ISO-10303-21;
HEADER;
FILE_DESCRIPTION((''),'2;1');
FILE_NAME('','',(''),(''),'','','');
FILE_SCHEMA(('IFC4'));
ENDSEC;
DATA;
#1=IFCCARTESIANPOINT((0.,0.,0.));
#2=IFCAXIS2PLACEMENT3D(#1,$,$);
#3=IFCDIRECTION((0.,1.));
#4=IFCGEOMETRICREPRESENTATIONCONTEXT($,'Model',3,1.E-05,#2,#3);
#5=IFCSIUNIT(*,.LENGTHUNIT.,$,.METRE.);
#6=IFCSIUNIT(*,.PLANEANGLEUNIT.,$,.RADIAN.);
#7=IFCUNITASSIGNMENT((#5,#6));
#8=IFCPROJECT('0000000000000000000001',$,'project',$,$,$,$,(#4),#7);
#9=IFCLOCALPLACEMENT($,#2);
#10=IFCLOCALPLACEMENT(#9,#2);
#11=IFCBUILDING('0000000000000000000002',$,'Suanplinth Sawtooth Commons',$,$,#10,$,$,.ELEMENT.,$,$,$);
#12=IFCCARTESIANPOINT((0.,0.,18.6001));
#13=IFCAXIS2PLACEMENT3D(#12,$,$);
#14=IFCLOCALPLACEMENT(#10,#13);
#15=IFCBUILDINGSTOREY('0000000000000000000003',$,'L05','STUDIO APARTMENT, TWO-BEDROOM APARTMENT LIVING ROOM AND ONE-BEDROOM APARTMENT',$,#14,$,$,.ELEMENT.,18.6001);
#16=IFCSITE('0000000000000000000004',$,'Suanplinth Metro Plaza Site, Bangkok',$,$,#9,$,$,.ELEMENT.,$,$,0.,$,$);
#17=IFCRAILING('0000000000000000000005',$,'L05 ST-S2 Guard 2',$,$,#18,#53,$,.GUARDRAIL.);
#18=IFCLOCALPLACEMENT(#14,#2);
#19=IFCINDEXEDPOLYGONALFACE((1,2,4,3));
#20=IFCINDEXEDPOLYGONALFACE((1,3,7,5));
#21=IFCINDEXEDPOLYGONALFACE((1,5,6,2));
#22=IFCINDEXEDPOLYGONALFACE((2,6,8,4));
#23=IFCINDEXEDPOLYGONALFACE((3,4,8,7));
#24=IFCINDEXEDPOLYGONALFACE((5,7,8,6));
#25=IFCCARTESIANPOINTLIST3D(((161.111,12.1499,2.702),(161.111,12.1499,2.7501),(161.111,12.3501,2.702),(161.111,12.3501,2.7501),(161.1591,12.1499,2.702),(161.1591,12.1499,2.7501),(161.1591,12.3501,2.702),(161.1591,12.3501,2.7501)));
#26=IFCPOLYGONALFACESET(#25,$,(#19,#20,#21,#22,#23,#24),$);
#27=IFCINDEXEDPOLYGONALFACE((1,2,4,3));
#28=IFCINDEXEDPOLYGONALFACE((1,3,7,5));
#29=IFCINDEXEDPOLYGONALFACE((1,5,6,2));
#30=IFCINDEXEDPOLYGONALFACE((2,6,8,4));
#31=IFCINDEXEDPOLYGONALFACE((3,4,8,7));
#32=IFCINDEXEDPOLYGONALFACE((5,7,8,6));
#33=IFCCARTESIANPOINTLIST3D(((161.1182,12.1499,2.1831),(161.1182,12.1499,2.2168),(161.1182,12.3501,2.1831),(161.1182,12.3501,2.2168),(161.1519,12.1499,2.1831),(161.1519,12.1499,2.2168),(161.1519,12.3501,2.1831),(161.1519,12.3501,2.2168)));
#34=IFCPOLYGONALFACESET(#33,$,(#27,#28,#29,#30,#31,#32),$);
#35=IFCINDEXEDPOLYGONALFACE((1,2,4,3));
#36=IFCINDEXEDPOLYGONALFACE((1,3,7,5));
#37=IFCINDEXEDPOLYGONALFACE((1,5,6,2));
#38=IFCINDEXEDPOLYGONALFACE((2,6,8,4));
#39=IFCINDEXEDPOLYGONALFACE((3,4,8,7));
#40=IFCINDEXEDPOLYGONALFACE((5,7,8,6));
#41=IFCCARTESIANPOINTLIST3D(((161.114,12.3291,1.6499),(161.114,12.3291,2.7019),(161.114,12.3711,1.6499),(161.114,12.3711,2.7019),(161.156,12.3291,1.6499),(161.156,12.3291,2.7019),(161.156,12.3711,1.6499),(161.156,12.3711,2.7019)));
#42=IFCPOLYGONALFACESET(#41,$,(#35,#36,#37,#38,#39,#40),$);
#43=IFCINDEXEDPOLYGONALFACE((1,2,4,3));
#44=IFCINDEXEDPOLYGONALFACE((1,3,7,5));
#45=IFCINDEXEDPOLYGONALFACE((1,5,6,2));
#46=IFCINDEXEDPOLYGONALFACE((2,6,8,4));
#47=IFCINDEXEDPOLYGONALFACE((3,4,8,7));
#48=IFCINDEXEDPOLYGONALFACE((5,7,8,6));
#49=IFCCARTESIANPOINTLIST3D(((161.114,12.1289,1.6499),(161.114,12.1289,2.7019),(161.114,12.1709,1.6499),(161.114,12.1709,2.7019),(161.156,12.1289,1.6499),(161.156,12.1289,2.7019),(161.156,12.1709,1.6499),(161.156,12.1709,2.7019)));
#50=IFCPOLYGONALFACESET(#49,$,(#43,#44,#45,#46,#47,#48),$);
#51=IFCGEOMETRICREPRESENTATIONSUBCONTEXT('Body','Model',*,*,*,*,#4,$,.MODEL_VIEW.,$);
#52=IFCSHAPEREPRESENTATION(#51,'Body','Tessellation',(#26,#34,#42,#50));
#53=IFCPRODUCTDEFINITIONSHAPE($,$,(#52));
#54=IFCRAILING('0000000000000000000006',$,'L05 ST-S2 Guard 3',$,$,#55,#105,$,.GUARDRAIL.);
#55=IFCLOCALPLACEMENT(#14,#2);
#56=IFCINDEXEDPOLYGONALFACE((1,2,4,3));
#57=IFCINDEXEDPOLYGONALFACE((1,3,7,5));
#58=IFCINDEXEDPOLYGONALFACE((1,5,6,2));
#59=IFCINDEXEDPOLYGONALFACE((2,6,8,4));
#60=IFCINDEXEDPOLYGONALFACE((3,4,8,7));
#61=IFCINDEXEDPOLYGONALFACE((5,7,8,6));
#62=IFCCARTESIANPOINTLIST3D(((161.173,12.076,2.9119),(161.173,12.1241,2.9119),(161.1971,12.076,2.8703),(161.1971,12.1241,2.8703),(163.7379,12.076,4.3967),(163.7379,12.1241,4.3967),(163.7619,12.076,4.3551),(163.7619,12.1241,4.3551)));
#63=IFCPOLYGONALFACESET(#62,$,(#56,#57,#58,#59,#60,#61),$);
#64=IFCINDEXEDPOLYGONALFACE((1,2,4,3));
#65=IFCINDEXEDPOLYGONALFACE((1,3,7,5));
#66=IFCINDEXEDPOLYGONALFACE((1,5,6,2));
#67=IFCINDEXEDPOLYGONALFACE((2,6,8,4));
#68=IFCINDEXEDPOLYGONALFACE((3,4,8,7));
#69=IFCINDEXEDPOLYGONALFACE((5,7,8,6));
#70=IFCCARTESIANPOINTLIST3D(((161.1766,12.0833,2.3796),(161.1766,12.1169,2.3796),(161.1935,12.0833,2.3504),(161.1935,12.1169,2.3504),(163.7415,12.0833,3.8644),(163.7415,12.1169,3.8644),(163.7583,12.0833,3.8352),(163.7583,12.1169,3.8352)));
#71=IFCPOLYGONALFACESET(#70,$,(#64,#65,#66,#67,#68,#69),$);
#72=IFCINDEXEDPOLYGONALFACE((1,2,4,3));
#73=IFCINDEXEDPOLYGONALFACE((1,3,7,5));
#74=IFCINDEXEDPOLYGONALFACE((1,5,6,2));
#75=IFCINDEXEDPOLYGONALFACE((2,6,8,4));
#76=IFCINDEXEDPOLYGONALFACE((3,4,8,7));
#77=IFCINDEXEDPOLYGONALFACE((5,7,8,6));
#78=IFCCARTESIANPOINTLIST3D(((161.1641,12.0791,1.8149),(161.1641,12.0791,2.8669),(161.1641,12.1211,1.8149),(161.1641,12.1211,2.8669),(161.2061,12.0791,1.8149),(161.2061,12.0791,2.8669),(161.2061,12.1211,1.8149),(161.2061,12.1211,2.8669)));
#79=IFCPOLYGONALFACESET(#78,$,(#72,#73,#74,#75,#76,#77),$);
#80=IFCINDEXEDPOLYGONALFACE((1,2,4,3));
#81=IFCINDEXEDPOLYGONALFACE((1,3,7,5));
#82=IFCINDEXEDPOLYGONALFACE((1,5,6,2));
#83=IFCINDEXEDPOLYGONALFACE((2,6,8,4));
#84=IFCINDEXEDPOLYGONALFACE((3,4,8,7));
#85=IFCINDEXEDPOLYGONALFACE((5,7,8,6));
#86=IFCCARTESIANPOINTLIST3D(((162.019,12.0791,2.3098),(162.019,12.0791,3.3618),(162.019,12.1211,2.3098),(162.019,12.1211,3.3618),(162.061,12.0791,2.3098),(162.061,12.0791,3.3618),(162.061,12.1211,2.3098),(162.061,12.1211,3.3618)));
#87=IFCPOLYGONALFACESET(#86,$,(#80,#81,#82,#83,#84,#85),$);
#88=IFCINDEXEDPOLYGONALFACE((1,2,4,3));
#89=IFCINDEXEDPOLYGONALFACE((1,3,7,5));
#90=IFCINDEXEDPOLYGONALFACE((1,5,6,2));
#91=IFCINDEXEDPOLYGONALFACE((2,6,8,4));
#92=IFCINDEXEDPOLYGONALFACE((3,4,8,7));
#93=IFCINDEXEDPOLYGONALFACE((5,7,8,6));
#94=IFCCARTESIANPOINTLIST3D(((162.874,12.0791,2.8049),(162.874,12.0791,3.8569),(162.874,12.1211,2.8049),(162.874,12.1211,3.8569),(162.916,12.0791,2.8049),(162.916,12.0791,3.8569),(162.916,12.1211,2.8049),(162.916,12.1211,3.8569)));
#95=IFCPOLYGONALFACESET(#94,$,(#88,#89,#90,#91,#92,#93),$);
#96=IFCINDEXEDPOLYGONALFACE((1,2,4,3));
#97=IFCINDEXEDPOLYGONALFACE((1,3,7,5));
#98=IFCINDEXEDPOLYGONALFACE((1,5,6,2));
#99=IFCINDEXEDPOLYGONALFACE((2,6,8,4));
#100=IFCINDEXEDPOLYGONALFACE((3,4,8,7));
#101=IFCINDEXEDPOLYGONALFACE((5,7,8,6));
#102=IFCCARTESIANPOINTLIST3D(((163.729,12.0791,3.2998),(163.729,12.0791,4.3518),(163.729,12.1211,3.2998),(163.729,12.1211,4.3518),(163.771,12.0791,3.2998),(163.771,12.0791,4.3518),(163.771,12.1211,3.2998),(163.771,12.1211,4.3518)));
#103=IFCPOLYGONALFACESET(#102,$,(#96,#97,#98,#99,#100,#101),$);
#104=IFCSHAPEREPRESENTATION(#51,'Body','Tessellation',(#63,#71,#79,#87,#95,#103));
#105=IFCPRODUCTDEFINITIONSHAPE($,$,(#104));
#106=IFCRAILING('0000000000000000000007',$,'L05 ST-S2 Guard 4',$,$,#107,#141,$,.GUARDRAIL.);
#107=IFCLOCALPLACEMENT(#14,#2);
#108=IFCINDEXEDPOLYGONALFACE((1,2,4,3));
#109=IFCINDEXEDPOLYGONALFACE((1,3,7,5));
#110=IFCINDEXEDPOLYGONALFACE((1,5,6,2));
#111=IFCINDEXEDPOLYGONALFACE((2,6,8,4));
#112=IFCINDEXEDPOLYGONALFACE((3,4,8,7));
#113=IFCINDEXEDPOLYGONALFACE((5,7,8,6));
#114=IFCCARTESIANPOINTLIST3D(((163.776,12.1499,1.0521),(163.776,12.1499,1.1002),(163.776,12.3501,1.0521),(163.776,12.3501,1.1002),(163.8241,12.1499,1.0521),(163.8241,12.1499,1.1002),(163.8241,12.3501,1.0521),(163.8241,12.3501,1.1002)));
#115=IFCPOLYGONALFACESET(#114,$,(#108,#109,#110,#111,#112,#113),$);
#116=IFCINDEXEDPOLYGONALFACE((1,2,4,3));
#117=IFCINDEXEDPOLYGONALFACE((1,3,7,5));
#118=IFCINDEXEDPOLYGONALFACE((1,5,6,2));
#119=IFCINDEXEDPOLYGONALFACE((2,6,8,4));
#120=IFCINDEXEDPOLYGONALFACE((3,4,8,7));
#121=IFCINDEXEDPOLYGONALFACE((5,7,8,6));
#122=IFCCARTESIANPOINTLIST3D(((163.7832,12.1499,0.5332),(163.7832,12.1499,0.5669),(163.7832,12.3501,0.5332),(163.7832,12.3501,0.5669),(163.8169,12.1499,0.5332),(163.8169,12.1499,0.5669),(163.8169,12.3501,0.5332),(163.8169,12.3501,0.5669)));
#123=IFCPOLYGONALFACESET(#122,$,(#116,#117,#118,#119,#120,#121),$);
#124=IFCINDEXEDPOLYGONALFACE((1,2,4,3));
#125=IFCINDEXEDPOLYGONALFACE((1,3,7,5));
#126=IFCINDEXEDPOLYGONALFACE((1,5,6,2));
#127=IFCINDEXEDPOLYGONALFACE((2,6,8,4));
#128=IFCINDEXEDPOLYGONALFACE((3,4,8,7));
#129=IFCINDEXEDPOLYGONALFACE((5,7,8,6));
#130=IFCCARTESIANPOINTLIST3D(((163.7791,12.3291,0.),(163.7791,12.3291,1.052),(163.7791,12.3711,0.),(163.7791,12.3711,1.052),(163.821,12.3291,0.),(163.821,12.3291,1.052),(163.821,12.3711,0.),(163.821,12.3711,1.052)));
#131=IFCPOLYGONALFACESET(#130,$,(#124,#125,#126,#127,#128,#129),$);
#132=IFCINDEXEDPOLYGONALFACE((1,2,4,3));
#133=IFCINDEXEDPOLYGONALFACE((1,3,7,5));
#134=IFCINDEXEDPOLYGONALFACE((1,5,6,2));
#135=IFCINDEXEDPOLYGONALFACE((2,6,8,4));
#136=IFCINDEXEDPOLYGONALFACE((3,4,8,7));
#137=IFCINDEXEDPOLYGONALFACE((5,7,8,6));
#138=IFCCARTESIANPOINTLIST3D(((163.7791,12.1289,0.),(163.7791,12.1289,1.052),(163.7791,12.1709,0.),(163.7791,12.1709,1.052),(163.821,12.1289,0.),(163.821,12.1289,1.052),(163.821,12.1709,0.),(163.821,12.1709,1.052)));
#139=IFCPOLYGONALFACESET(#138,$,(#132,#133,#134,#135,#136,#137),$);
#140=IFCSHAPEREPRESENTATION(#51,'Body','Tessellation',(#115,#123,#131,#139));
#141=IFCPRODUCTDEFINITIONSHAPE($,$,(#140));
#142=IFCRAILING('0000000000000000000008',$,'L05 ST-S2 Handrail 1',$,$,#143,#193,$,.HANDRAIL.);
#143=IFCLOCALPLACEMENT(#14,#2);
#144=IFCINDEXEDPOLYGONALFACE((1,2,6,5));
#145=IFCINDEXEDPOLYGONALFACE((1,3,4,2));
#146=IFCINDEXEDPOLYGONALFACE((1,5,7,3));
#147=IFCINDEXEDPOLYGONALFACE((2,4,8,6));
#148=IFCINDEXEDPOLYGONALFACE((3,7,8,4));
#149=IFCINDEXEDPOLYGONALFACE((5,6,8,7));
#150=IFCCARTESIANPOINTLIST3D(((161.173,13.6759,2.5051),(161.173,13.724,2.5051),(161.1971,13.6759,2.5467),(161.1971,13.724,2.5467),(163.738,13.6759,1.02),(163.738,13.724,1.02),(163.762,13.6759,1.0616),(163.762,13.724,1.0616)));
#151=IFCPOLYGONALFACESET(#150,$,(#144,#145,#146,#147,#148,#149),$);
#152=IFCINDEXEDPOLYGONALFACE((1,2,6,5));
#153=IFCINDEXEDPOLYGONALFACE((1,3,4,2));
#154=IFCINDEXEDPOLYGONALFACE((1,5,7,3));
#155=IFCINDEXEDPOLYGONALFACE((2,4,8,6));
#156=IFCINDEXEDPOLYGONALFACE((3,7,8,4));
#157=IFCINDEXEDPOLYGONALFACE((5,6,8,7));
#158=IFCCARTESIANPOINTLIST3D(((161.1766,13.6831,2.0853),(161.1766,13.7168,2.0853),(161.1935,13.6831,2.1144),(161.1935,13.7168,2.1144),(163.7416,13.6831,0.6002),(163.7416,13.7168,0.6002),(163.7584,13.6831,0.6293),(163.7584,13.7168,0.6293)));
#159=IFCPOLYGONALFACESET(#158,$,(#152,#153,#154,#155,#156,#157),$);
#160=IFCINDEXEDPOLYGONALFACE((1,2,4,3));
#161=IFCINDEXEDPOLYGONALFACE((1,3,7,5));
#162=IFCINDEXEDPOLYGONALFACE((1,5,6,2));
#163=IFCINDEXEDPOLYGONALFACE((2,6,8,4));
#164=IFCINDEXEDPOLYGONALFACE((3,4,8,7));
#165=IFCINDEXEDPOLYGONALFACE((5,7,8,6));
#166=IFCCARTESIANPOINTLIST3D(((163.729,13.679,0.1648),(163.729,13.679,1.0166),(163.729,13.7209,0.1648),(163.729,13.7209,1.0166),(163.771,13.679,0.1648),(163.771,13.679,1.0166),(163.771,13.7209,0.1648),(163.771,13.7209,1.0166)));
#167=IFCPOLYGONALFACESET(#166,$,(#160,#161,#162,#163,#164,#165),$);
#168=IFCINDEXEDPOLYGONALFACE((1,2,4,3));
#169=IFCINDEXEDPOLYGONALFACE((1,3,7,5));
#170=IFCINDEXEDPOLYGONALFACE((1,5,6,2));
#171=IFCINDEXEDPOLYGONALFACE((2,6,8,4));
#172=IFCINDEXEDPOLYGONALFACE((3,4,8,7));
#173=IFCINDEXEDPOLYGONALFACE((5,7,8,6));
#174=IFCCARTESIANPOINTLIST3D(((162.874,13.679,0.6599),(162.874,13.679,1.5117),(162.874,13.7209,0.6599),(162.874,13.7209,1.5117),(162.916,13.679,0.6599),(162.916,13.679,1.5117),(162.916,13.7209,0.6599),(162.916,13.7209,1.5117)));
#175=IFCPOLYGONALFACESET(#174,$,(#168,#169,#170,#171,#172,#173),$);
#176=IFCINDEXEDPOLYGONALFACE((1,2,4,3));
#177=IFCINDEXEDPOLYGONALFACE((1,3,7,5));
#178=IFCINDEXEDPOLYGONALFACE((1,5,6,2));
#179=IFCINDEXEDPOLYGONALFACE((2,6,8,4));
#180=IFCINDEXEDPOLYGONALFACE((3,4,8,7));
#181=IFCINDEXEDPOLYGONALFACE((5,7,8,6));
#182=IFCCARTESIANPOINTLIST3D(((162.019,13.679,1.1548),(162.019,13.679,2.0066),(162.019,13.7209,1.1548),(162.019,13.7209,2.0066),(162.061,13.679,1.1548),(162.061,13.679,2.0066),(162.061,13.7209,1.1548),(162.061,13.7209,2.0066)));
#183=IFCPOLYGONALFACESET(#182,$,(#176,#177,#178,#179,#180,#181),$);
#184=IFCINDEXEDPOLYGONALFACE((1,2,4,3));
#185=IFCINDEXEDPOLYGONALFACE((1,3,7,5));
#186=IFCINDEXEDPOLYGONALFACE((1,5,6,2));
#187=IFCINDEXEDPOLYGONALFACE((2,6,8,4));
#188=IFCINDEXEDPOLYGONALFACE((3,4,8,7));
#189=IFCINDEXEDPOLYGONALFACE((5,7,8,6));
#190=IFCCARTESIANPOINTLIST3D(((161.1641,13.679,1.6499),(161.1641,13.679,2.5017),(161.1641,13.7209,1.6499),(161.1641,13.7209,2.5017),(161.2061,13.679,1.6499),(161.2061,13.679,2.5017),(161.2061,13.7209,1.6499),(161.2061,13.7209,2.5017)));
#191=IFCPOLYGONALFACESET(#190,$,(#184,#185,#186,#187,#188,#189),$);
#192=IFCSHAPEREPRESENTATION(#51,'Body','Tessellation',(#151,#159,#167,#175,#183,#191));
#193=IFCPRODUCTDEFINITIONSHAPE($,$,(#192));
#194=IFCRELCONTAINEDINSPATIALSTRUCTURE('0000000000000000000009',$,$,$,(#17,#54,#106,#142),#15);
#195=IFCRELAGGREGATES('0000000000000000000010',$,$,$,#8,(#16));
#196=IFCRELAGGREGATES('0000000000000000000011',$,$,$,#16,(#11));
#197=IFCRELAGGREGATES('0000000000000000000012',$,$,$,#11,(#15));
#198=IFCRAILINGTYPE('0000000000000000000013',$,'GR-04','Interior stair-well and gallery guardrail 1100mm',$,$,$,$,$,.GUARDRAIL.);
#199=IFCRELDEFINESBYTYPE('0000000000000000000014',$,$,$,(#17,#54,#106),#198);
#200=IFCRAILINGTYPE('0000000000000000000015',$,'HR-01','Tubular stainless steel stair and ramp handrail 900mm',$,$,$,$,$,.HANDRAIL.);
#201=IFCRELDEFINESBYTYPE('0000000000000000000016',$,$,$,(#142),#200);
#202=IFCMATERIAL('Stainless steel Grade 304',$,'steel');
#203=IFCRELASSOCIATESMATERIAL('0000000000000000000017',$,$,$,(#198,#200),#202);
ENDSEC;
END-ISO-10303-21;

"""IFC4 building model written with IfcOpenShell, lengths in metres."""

from ifc_helpers import new_model, si_unit, direction, frame, origin, origin_2d, place, context, subcontext, project, spatial, rectangle, extrude, material, type_object, element, save


model = new_model("IFC4")

# Units and contexts
model_context = context("Model", 3, precision=1e-05, world=origin(), true_north=direction((0.0, 1.0)))
body_context = subcontext(model_context, "Body", "Model", "MODEL_VIEW")
ifc_project = project(units=[si_unit("LENGTHUNIT", "METRE"), si_unit("PLANEANGLEUNIT", "RADIAN")], contexts=[model_context])

# Site, building, storey
site_placement = place(None, origin())
site = spatial("IfcSite", under=ifc_project, at=site_placement, Name="Suanplinth Metro Plaza Site, Bangkok", CompositionType="ELEMENT", RefElevation=0.0)
building_placement = place(site_placement, origin())
building = spatial("IfcBuilding", under=site, at=building_placement, Name="Suanplinth Sawtooth Commons", CompositionType="ELEMENT")
storey_placement = place(building_placement, frame((0.0, 0.0, 18.6001)))
storey = spatial("IfcBuildingStorey", under=building, at=storey_placement, Name="L05", Description="STUDIO APARTMENT, TWO-BEDROOM APARTMENT LIVING ROOM AND ONE-BEDROOM APARTMENT", CompositionType="ELEMENT", Elevation=18.6001)

# Railings
ifc_material_1 = material(Name="Stainless steel Grade 304", Category="steel")
railing_type_1 = type_object("IfcRailingType", Name="GR-04", Description="Interior stair-well and gallery guardrail 1100mm", PredefinedType="GUARDRAIL", material=ifc_material_1)
railing_1_placement = place(storey_placement, frame((161.135, 12.3501, 1.6499)))
element("IfcRailing", 1, at=railing_1_placement, inside=storey, type_object=railing_type_1, Name="L05 ST-S2 Guard 2", PredefinedType="GUARDRAIL", context=body_context, shape_type="SweptSolid", body=[
    extrude(rectangle(XDim=0.0481, YDim=0.0481, at=origin_2d()), frame((0.0, 0.0, 1.0762), z_axis=(0.0, -1.0, 0.0), x_axis=(1.0, 0.0, 0.0)), (0.0, 0.0, 1.0), 0.2002),
    extrude(rectangle(XDim=0.0337, YDim=0.0337, at=origin_2d()), frame((0.0, 0.0, 0.55), z_axis=(0.0, -1.0, 0.0), x_axis=(1.0, 0.0, 0.0)), (0.0, 0.0, 1.0), 0.2002),
    extrude(rectangle(XDim=0.042, YDim=0.042, at=origin_2d()), origin(), (0.0, 0.0, 1.0), 1.052),
    extrude(rectangle(XDim=0.042, YDim=0.042, at=origin_2d()), frame((0.0, -0.2002, 0.0)), (0.0, 0.0, 1.0), 1.052),
])
railing_2_placement = place(storey_placement, frame((161.1851, 12.1001, 1.8149)))
element("IfcRailing", 2, at=railing_2_placement, inside=storey, type_object=railing_type_1, Name="L05 ST-S2 Guard 3", PredefinedType="GUARDRAIL", context=body_context, shape_type="SweptSolid", body=[
    extrude(rectangle(XDim=0.0481, YDim=0.0481, at=origin_2d()), frame((0.0, 0.0, 1.0762), z_axis=(0.865441, 0.0, 0.50101), x_axis=(0.0, 1.0, 0.0)), (0.0, 0.0, 1.0), 2.9636),
    extrude(rectangle(XDim=0.0337, YDim=0.0337, at=origin_2d()), frame((0.0, 0.0, 0.55), z_axis=(0.865441, 0.0, 0.50101), x_axis=(0.0, 1.0, 0.0)), (0.0, 0.0, 1.0), 2.9636),
    extrude(rectangle(XDim=0.042, YDim=0.042, at=origin_2d()), origin(), (0.0, 0.0, 1.0), 1.052),
    extrude(rectangle(XDim=0.042, YDim=0.042, at=origin_2d()), frame((0.855, 0.0, 0.4949)), (0.0, 0.0, 1.0), 1.052),
    extrude(rectangle(XDim=0.042, YDim=0.042, at=origin_2d()), frame((1.71, 0.0, 0.99)), (0.0, 0.0, 1.0), 1.052),
    extrude(rectangle(XDim=0.042, YDim=0.042, at=origin_2d()), frame((2.5649, 0.0, 1.4849)), (0.0, 0.0, 1.0), 1.052),
])
railing_3_placement = place(storey_placement, frame((163.8, 12.3501, 0.0)))
element("IfcRailing", 3, at=railing_3_placement, inside=storey, type_object=railing_type_1, Name="L05 ST-S2 Guard 4", PredefinedType="GUARDRAIL", context=body_context, shape_type="SweptSolid", body=[
    extrude(rectangle(XDim=0.0481, YDim=0.0481, at=origin_2d()), frame((0.0, 0.0, 1.0762), z_axis=(0.0, -1.0, 0.0), x_axis=(1.0, 0.0, 0.0)), (0.0, 0.0, 1.0), 0.2002),
    extrude(rectangle(XDim=0.0337, YDim=0.0337, at=origin_2d()), frame((0.0, 0.0, 0.55), z_axis=(0.0, -1.0, 0.0), x_axis=(1.0, 0.0, 0.0)), (0.0, 0.0, 1.0), 0.2002),
    extrude(rectangle(XDim=0.042, YDim=0.042, at=origin_2d()), origin(), (0.0, 0.0, 1.0), 1.052),
    extrude(rectangle(XDim=0.042, YDim=0.042, at=origin_2d()), frame((0.0, -0.2002, 0.0)), (0.0, 0.0, 1.0), 1.052),
])
railing_type_2 = type_object("IfcRailingType", Name="HR-01", Description="Tubular stainless steel stair and ramp handrail 900mm", PredefinedType="HANDRAIL", material=ifc_material_1)
railing_4_placement = place(storey_placement, frame((163.75, 13.7, 0.1648)))
element("IfcRailing", 4, at=railing_4_placement, inside=storey, type_object=railing_type_2, Name="L05 ST-S2 Handrail 1", PredefinedType="HANDRAIL", context=body_context, shape_type="SweptSolid", body=[
    extrude(rectangle(XDim=0.0481, YDim=0.0481, at=origin_2d()), frame((0.0, 0.0, 0.876), z_axis=(-0.865406, 0.0, 0.501072), x_axis=(0.0, -1.0, 0.0)), (0.0, 0.0, 1.0), 2.9639),
    extrude(rectangle(XDim=0.0337, YDim=0.0337, at=origin_2d()), frame((0.0, 0.0, 0.45), z_axis=(-0.865406, 0.0, 0.501072), x_axis=(0.0, -1.0, 0.0)), (0.0, 0.0, 1.0), 2.9639),
    extrude(rectangle(XDim=0.042, YDim=0.042, at=origin_2d()), origin(), (0.0, 0.0, 1.0), 0.8518),
    extrude(rectangle(XDim=0.042, YDim=0.042, at=origin_2d()), frame((-0.855, 0.0, 0.4951)), (0.0, 0.0, 1.0), 0.8518),
    extrude(rectangle(XDim=0.042, YDim=0.042, at=origin_2d()), frame((-1.71, 0.0, 0.99)), (0.0, 0.0, 1.0), 0.8518),
    extrude(rectangle(XDim=0.042, YDim=0.042, at=origin_2d()), frame((-2.5649, 0.0, 1.4851)), (0.0, 0.0, 1.0), 0.8518),
])

save(model, "model.ifc")
